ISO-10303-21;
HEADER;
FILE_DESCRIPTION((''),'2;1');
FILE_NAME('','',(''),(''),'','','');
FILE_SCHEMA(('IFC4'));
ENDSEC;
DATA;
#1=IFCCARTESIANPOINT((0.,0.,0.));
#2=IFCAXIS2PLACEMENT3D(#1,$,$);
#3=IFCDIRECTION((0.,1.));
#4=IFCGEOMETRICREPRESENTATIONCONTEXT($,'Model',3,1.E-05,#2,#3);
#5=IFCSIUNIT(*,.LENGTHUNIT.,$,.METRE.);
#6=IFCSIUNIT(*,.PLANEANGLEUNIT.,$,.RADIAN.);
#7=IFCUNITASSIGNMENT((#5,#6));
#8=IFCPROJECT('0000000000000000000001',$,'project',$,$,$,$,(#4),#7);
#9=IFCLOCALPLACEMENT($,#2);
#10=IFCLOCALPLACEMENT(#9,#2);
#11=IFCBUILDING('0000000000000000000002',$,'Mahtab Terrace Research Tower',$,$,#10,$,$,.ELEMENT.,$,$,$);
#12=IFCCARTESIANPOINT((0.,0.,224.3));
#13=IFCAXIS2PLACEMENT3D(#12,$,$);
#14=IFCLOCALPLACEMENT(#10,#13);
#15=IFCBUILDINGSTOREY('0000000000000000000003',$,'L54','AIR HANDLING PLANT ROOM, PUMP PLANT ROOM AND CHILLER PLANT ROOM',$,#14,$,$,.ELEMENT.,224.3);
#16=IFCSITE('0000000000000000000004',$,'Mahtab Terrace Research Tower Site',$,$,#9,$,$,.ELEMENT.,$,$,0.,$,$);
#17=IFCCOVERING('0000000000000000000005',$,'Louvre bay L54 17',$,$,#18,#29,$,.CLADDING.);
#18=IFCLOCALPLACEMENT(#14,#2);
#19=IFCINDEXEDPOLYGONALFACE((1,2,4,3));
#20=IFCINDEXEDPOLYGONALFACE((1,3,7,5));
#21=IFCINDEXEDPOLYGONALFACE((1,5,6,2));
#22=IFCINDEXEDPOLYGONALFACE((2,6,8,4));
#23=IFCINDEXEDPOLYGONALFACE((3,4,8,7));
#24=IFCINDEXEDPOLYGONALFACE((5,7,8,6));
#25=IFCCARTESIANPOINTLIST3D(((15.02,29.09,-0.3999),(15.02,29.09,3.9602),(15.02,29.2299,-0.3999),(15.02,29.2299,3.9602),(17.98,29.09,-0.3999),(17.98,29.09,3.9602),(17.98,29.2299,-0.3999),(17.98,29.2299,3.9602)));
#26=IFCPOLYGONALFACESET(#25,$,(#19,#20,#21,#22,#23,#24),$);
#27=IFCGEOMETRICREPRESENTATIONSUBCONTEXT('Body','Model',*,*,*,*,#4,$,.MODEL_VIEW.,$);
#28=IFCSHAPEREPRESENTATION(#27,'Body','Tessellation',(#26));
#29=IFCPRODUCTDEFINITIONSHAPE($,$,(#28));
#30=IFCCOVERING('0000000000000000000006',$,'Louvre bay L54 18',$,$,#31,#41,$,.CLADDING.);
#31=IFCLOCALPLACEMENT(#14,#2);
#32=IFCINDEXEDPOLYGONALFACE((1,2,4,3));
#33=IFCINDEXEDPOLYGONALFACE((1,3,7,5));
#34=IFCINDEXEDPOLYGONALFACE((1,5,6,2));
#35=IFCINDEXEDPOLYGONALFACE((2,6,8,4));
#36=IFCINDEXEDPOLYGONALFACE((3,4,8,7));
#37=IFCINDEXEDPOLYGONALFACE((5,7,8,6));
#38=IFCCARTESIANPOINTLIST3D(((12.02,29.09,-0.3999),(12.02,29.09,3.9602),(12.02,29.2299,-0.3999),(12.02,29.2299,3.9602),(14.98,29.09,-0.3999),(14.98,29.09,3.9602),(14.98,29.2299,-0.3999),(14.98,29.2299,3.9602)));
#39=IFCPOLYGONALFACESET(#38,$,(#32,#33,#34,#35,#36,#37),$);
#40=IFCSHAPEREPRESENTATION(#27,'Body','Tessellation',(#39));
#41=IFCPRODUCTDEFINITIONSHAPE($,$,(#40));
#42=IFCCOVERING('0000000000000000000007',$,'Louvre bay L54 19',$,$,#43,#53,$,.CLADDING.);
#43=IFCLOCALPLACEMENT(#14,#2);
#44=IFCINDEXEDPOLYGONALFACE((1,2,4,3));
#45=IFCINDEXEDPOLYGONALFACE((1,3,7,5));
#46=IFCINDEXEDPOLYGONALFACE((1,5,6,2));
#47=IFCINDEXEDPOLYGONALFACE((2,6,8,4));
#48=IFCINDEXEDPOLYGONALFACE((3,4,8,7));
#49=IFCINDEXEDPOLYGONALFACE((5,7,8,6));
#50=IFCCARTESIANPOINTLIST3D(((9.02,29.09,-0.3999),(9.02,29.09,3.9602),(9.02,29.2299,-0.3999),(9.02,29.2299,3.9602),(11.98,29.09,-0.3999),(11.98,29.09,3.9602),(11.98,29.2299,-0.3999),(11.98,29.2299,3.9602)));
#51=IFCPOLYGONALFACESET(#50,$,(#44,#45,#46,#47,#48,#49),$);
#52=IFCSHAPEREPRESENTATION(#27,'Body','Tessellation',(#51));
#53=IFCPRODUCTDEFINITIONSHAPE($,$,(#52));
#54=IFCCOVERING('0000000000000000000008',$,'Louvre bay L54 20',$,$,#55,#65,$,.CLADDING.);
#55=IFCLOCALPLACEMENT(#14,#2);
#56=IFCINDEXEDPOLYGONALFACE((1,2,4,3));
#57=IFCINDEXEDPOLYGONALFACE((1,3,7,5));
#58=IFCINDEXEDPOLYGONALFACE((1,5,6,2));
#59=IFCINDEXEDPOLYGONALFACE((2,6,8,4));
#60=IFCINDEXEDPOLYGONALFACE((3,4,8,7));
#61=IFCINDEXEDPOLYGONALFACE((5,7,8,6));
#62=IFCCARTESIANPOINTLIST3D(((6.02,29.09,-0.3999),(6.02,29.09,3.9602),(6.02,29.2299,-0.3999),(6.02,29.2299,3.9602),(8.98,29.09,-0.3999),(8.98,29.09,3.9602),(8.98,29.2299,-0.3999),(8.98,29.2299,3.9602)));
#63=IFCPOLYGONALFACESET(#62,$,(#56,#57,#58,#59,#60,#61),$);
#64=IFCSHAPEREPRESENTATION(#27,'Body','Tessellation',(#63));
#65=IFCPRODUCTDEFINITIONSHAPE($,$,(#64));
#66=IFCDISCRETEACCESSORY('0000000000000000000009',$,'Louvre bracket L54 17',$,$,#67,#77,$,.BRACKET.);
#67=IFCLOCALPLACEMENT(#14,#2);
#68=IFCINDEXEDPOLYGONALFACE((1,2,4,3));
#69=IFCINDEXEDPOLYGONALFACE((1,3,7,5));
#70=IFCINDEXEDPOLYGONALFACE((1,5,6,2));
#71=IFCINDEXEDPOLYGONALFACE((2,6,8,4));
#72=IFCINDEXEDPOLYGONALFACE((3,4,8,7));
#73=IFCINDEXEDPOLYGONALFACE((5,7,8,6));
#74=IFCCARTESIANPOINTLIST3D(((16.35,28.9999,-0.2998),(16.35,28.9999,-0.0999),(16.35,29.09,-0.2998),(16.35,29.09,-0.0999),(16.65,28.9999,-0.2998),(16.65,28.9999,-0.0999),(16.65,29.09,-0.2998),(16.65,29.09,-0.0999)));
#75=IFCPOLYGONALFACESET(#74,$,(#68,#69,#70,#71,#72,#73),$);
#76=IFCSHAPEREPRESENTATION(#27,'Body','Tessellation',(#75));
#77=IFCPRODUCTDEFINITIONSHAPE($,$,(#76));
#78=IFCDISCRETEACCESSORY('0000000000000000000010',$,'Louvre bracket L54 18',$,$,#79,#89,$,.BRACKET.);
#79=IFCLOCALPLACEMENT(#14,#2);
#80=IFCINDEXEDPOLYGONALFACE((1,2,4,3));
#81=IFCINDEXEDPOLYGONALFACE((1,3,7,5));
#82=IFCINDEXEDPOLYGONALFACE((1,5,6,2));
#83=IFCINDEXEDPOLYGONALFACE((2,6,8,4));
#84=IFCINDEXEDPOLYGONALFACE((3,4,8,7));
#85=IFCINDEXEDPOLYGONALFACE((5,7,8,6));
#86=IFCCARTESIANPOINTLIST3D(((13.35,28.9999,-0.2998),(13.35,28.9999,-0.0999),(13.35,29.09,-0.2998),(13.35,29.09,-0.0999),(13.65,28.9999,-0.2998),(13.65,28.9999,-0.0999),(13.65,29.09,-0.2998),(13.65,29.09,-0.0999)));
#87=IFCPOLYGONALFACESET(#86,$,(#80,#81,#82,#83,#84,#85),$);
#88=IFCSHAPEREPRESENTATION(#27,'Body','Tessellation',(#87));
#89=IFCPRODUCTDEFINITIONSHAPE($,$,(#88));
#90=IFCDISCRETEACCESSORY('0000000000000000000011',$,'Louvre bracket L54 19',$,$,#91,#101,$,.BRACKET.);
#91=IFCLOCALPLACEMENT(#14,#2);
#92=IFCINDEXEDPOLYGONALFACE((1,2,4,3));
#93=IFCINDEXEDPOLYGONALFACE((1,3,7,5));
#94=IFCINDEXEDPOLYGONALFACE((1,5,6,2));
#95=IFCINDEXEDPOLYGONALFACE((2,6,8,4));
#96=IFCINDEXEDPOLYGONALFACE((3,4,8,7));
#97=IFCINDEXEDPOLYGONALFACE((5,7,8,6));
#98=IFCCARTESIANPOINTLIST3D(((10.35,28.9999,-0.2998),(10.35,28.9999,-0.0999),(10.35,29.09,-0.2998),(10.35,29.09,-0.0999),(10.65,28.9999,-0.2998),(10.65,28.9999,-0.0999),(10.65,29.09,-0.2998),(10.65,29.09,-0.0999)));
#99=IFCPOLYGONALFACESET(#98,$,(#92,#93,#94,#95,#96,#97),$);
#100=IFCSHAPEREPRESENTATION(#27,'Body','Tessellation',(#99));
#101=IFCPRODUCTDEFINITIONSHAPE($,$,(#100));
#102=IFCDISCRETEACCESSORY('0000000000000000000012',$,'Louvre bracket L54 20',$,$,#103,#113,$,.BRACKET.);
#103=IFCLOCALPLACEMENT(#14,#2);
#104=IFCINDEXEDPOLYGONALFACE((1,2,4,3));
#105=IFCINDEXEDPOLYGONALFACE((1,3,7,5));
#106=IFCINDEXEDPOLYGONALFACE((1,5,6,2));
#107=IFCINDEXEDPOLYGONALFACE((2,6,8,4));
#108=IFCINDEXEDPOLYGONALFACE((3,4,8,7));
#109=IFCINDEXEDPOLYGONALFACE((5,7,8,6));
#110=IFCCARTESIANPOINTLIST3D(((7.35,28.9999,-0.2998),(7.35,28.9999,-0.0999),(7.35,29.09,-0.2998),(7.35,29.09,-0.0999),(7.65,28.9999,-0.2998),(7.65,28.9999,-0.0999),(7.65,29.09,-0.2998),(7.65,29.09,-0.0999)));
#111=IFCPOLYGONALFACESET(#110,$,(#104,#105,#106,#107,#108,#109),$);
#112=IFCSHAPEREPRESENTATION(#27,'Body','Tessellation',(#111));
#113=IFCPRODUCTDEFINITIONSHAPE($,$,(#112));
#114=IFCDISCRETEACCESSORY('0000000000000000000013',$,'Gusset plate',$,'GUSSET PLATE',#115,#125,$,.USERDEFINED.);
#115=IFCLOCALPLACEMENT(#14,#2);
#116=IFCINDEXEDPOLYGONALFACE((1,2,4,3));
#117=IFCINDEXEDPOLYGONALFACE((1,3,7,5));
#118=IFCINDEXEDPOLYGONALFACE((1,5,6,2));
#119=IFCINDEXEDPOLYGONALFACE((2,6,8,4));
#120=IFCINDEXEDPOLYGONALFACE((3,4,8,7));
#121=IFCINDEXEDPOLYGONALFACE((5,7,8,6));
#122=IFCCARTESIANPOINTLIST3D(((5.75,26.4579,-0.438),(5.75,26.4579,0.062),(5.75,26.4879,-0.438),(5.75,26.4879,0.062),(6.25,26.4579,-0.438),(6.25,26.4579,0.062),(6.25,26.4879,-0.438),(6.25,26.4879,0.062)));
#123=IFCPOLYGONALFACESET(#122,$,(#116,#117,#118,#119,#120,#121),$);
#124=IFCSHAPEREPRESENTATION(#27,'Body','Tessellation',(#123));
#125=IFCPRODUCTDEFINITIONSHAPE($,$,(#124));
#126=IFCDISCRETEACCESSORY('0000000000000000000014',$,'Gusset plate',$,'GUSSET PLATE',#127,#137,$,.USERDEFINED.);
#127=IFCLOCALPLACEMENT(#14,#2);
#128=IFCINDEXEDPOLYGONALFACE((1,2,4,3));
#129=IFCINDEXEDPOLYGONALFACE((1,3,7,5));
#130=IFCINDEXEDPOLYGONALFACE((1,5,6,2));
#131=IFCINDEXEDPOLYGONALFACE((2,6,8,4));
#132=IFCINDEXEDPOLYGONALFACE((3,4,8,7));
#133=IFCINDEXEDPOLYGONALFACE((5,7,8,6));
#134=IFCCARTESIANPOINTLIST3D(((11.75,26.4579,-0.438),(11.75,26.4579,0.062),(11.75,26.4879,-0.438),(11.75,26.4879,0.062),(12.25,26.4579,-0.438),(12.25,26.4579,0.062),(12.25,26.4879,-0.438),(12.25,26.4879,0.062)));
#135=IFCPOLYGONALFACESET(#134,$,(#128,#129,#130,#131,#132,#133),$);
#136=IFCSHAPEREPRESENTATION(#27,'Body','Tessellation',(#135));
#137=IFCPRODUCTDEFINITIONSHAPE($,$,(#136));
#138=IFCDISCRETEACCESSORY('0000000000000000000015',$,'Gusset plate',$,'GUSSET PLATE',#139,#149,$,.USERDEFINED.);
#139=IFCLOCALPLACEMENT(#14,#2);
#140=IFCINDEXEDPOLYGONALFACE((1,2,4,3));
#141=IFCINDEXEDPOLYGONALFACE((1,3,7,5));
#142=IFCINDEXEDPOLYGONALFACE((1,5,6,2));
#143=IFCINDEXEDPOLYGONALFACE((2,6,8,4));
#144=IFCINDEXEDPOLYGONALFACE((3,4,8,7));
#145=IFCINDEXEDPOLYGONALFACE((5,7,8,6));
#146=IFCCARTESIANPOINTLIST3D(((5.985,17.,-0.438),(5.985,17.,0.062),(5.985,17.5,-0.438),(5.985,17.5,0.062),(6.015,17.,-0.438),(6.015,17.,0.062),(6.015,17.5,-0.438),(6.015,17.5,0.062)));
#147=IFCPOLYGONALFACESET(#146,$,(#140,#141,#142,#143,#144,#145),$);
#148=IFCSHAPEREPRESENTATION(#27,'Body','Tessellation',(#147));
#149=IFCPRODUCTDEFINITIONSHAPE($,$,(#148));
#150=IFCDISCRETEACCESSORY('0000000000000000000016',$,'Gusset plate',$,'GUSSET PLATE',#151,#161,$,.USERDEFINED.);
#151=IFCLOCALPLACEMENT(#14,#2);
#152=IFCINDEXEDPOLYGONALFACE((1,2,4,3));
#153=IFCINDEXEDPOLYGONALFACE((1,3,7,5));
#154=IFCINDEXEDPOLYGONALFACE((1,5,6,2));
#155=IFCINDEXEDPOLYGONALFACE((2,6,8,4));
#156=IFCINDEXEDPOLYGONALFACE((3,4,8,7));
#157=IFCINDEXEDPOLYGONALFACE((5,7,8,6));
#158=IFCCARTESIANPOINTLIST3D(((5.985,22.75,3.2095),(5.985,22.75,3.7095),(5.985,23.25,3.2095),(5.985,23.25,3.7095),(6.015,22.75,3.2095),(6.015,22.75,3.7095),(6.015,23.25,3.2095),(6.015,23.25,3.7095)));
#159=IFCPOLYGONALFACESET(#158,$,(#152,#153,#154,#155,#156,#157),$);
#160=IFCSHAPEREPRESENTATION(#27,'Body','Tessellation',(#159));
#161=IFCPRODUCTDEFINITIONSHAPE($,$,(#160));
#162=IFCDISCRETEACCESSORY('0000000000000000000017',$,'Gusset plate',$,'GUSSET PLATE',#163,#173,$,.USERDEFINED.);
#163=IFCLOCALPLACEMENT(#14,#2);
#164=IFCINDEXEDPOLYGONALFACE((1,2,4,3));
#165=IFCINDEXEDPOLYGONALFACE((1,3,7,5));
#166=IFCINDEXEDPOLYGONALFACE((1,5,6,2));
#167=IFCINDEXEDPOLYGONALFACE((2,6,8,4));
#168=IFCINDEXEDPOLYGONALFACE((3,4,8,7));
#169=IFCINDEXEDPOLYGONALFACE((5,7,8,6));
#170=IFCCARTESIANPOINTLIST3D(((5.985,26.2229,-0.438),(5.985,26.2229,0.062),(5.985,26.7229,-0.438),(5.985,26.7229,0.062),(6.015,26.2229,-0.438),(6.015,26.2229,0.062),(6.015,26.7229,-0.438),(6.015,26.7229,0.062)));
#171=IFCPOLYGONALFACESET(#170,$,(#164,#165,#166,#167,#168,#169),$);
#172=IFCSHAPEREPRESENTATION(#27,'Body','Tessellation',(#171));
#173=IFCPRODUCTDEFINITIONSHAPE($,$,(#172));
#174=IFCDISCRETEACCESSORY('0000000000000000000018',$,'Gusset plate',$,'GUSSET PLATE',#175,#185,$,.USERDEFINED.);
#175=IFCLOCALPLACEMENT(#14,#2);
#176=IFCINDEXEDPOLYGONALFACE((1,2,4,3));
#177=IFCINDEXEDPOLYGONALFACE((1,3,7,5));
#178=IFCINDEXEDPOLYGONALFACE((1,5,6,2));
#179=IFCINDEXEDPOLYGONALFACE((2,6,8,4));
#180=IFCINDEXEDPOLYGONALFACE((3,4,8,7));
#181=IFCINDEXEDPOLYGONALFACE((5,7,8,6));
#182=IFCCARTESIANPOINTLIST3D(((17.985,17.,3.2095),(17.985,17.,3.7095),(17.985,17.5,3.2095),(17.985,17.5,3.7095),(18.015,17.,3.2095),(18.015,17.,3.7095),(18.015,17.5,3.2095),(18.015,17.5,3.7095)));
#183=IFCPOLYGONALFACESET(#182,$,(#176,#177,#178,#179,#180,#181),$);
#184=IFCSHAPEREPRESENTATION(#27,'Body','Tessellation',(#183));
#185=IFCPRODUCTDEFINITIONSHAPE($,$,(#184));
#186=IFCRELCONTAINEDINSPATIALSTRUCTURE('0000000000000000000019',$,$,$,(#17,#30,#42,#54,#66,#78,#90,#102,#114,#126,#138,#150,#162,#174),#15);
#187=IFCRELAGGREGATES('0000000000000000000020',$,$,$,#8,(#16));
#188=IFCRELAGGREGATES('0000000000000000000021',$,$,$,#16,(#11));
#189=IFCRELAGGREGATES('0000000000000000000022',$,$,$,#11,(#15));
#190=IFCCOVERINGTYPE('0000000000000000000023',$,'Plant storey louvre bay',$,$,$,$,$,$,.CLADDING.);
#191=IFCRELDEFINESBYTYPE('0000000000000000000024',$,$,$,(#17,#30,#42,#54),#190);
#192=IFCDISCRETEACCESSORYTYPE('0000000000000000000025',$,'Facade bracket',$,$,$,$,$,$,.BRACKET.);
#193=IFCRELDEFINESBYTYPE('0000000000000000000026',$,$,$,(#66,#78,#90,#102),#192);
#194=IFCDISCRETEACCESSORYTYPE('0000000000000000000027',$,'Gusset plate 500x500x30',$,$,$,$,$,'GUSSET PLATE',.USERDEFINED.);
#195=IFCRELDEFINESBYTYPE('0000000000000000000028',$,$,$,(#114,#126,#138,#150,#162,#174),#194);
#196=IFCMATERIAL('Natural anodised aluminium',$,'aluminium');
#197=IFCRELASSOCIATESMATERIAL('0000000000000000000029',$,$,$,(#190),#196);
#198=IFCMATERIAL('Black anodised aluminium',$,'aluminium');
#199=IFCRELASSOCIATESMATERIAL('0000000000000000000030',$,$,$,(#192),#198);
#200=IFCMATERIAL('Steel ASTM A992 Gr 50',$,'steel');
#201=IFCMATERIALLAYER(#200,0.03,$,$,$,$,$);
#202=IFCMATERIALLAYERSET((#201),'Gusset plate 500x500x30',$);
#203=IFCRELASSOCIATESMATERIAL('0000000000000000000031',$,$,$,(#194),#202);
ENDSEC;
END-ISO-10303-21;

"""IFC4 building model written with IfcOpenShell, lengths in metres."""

from ifc_helpers import new_model, si_unit, direction, frame, origin, origin_2d, place, context, subcontext, project, spatial, rectangle, extrude, material, layer, layer_set, type_object, element, save


model = new_model("IFC4")

# Units and contexts
model_context = context("Model", 3, precision=1e-05, world=origin(), true_north=direction((0.0, 1.0)))
body_context = subcontext(model_context, "Body", "Model", "MODEL_VIEW")
ifc_project = project(units=[si_unit("LENGTHUNIT", "METRE"), si_unit("PLANEANGLEUNIT", "RADIAN")], contexts=[model_context])

# Site, building, storey
site_placement = place(None, origin())
site = spatial("IfcSite", under=ifc_project, at=site_placement, Name="Mahtab Terrace Research Tower Site", CompositionType="ELEMENT", RefElevation=0.0)
building_placement = place(site_placement, origin())
building = spatial("IfcBuilding", under=site, at=building_placement, Name="Mahtab Terrace Research Tower", CompositionType="ELEMENT")
storey_placement = place(building_placement, frame((0.0, 0.0, 224.3)))
storey = spatial("IfcBuildingStorey", under=building, at=storey_placement, Name="L54", Description="AIR HANDLING PLANT ROOM, PUMP PLANT ROOM AND CHILLER PLANT ROOM", CompositionType="ELEMENT", Elevation=224.3)

# Shared definitions
ifc_material_1 = material(Name="Steel ASTM A992 Gr 50", Category="steel")

# Coverings
ifc_material_2 = material(Name="Natural anodised aluminium", Category="aluminium")
covering_type = type_object("IfcCoveringType", Name="Plant storey louvre bay", PredefinedType="CLADDING", material=ifc_material_2)
for number, where, z_axis, x_axis, name in (
    (1, (16.5, 29.1599, -0.3999), (0.0, 0.0, 1.0), (-1.0, 0.0, 0.0), "Louvre bay L54 17"),
    (2, (13.5, 29.1599, -0.3999), (0.0, 0.0, 1.0), (-1.0, 0.0, 0.0), "Louvre bay L54 18"),
    (3, (10.5, 29.1599, -0.3999), (0.0, 0.0, 1.0), (-1.0, 0.0, 0.0), "Louvre bay L54 19"),
    (4, (7.5, 29.1599, -0.3999), (0.0, 0.0, 1.0), (-1.0, 0.0, 0.0), "Louvre bay L54 20"),
):
    element("IfcCovering", number, at=place(storey_placement, frame(where, z_axis=z_axis, x_axis=x_axis)), inside=storey, type_object=covering_type, Name=name, PredefinedType="CLADDING", context=body_context, shape_type="SweptSolid", body=[
        extrude(rectangle(XDim=2.96, YDim=0.1399, at=origin_2d()), origin(), (0.0, 0.0, 1.0), 4.3601),
    ])

# Discrete accessories
ifc_material_3 = material(Name="Black anodised aluminium", Category="aluminium")
discrete_accessory_type_1 = type_object("IfcDiscreteAccessoryType", Name="Facade bracket", PredefinedType="BRACKET", material=ifc_material_3)
for number, where, z_axis, x_axis, name in (
    (5, (16.5, 29.0449, -0.2998), (0.0, 0.0, 1.0), (-1.0, 0.0, 0.0), "Louvre bracket L54 17"),
    (6, (13.5, 29.0449, -0.2998), (0.0, 0.0, 1.0), (-1.0, 0.0, 0.0), "Louvre bracket L54 18"),
    (7, (10.5, 29.0449, -0.2998), (0.0, 0.0, 1.0), (-1.0, 0.0, 0.0), "Louvre bracket L54 19"),
    (8, (7.5, 29.0449, -0.2998), (0.0, 0.0, 1.0), (-1.0, 0.0, 0.0), "Louvre bracket L54 20"),
):
    element("IfcDiscreteAccessory", number, at=place(storey_placement, frame(where, z_axis=z_axis, x_axis=x_axis)), inside=storey, type_object=discrete_accessory_type_1, Name=name, PredefinedType="BRACKET", context=body_context, shape_type="SweptSolid", body=[
        extrude(rectangle(XDim=0.3, YDim=0.0901, at=origin_2d()), origin(), (0.0, 0.0, 1.0), 0.2),
    ])
ifc_layer_1 = layer(ifc_material_1, 0.03)
ifc_layer_set_1 = layer_set([ifc_layer_1], Name="Gusset plate 500x500x30")
discrete_accessory_type_2 = type_object("IfcDiscreteAccessoryType", Name="Gusset plate 500x500x30", ElementType="GUSSET PLATE", PredefinedType="USERDEFINED", material=ifc_layer_set_1)
for number, where, z_axis, x_axis, name in (
    (9, (6.0, 26.4729, -0.438), (0.0, 0.0, 1.0), (1.0, 0.0, 0.0), "Gusset plate"),
    (10, (12.0, 26.4729, -0.438), (0.0, 0.0, 1.0), (1.0, 0.0, 0.0), "Gusset plate"),
    (11, (6.0, 17.25, -0.438), (0.0, 0.0, 1.0), (0.0, 1.0, 0.0), "Gusset plate"),
    (12, (6.0, 23.0, 3.2095), (0.0, 0.0, 1.0), (0.0, 1.0, 0.0), "Gusset plate"),
    (13, (6.0, 26.4729, -0.438), (0.0, 0.0, 1.0), (0.0, 1.0, 0.0), "Gusset plate"),
    (14, (18.0, 17.25, 3.2095), (0.0, 0.0, 1.0), (0.0, 1.0, 0.0), "Gusset plate"),
):
    element("IfcDiscreteAccessory", number, at=place(storey_placement, frame(where, z_axis=z_axis, x_axis=x_axis)), inside=storey, type_object=discrete_accessory_type_2, Name=name, ObjectType="GUSSET PLATE", PredefinedType="USERDEFINED", context=body_context, shape_type="SweptSolid", body=[
        extrude(rectangle(XDim=0.5, YDim=0.03, at=origin_2d()), origin(), (0.0, 0.0, 1.0), 0.5),
    ])

save(model, "model.ifc")
